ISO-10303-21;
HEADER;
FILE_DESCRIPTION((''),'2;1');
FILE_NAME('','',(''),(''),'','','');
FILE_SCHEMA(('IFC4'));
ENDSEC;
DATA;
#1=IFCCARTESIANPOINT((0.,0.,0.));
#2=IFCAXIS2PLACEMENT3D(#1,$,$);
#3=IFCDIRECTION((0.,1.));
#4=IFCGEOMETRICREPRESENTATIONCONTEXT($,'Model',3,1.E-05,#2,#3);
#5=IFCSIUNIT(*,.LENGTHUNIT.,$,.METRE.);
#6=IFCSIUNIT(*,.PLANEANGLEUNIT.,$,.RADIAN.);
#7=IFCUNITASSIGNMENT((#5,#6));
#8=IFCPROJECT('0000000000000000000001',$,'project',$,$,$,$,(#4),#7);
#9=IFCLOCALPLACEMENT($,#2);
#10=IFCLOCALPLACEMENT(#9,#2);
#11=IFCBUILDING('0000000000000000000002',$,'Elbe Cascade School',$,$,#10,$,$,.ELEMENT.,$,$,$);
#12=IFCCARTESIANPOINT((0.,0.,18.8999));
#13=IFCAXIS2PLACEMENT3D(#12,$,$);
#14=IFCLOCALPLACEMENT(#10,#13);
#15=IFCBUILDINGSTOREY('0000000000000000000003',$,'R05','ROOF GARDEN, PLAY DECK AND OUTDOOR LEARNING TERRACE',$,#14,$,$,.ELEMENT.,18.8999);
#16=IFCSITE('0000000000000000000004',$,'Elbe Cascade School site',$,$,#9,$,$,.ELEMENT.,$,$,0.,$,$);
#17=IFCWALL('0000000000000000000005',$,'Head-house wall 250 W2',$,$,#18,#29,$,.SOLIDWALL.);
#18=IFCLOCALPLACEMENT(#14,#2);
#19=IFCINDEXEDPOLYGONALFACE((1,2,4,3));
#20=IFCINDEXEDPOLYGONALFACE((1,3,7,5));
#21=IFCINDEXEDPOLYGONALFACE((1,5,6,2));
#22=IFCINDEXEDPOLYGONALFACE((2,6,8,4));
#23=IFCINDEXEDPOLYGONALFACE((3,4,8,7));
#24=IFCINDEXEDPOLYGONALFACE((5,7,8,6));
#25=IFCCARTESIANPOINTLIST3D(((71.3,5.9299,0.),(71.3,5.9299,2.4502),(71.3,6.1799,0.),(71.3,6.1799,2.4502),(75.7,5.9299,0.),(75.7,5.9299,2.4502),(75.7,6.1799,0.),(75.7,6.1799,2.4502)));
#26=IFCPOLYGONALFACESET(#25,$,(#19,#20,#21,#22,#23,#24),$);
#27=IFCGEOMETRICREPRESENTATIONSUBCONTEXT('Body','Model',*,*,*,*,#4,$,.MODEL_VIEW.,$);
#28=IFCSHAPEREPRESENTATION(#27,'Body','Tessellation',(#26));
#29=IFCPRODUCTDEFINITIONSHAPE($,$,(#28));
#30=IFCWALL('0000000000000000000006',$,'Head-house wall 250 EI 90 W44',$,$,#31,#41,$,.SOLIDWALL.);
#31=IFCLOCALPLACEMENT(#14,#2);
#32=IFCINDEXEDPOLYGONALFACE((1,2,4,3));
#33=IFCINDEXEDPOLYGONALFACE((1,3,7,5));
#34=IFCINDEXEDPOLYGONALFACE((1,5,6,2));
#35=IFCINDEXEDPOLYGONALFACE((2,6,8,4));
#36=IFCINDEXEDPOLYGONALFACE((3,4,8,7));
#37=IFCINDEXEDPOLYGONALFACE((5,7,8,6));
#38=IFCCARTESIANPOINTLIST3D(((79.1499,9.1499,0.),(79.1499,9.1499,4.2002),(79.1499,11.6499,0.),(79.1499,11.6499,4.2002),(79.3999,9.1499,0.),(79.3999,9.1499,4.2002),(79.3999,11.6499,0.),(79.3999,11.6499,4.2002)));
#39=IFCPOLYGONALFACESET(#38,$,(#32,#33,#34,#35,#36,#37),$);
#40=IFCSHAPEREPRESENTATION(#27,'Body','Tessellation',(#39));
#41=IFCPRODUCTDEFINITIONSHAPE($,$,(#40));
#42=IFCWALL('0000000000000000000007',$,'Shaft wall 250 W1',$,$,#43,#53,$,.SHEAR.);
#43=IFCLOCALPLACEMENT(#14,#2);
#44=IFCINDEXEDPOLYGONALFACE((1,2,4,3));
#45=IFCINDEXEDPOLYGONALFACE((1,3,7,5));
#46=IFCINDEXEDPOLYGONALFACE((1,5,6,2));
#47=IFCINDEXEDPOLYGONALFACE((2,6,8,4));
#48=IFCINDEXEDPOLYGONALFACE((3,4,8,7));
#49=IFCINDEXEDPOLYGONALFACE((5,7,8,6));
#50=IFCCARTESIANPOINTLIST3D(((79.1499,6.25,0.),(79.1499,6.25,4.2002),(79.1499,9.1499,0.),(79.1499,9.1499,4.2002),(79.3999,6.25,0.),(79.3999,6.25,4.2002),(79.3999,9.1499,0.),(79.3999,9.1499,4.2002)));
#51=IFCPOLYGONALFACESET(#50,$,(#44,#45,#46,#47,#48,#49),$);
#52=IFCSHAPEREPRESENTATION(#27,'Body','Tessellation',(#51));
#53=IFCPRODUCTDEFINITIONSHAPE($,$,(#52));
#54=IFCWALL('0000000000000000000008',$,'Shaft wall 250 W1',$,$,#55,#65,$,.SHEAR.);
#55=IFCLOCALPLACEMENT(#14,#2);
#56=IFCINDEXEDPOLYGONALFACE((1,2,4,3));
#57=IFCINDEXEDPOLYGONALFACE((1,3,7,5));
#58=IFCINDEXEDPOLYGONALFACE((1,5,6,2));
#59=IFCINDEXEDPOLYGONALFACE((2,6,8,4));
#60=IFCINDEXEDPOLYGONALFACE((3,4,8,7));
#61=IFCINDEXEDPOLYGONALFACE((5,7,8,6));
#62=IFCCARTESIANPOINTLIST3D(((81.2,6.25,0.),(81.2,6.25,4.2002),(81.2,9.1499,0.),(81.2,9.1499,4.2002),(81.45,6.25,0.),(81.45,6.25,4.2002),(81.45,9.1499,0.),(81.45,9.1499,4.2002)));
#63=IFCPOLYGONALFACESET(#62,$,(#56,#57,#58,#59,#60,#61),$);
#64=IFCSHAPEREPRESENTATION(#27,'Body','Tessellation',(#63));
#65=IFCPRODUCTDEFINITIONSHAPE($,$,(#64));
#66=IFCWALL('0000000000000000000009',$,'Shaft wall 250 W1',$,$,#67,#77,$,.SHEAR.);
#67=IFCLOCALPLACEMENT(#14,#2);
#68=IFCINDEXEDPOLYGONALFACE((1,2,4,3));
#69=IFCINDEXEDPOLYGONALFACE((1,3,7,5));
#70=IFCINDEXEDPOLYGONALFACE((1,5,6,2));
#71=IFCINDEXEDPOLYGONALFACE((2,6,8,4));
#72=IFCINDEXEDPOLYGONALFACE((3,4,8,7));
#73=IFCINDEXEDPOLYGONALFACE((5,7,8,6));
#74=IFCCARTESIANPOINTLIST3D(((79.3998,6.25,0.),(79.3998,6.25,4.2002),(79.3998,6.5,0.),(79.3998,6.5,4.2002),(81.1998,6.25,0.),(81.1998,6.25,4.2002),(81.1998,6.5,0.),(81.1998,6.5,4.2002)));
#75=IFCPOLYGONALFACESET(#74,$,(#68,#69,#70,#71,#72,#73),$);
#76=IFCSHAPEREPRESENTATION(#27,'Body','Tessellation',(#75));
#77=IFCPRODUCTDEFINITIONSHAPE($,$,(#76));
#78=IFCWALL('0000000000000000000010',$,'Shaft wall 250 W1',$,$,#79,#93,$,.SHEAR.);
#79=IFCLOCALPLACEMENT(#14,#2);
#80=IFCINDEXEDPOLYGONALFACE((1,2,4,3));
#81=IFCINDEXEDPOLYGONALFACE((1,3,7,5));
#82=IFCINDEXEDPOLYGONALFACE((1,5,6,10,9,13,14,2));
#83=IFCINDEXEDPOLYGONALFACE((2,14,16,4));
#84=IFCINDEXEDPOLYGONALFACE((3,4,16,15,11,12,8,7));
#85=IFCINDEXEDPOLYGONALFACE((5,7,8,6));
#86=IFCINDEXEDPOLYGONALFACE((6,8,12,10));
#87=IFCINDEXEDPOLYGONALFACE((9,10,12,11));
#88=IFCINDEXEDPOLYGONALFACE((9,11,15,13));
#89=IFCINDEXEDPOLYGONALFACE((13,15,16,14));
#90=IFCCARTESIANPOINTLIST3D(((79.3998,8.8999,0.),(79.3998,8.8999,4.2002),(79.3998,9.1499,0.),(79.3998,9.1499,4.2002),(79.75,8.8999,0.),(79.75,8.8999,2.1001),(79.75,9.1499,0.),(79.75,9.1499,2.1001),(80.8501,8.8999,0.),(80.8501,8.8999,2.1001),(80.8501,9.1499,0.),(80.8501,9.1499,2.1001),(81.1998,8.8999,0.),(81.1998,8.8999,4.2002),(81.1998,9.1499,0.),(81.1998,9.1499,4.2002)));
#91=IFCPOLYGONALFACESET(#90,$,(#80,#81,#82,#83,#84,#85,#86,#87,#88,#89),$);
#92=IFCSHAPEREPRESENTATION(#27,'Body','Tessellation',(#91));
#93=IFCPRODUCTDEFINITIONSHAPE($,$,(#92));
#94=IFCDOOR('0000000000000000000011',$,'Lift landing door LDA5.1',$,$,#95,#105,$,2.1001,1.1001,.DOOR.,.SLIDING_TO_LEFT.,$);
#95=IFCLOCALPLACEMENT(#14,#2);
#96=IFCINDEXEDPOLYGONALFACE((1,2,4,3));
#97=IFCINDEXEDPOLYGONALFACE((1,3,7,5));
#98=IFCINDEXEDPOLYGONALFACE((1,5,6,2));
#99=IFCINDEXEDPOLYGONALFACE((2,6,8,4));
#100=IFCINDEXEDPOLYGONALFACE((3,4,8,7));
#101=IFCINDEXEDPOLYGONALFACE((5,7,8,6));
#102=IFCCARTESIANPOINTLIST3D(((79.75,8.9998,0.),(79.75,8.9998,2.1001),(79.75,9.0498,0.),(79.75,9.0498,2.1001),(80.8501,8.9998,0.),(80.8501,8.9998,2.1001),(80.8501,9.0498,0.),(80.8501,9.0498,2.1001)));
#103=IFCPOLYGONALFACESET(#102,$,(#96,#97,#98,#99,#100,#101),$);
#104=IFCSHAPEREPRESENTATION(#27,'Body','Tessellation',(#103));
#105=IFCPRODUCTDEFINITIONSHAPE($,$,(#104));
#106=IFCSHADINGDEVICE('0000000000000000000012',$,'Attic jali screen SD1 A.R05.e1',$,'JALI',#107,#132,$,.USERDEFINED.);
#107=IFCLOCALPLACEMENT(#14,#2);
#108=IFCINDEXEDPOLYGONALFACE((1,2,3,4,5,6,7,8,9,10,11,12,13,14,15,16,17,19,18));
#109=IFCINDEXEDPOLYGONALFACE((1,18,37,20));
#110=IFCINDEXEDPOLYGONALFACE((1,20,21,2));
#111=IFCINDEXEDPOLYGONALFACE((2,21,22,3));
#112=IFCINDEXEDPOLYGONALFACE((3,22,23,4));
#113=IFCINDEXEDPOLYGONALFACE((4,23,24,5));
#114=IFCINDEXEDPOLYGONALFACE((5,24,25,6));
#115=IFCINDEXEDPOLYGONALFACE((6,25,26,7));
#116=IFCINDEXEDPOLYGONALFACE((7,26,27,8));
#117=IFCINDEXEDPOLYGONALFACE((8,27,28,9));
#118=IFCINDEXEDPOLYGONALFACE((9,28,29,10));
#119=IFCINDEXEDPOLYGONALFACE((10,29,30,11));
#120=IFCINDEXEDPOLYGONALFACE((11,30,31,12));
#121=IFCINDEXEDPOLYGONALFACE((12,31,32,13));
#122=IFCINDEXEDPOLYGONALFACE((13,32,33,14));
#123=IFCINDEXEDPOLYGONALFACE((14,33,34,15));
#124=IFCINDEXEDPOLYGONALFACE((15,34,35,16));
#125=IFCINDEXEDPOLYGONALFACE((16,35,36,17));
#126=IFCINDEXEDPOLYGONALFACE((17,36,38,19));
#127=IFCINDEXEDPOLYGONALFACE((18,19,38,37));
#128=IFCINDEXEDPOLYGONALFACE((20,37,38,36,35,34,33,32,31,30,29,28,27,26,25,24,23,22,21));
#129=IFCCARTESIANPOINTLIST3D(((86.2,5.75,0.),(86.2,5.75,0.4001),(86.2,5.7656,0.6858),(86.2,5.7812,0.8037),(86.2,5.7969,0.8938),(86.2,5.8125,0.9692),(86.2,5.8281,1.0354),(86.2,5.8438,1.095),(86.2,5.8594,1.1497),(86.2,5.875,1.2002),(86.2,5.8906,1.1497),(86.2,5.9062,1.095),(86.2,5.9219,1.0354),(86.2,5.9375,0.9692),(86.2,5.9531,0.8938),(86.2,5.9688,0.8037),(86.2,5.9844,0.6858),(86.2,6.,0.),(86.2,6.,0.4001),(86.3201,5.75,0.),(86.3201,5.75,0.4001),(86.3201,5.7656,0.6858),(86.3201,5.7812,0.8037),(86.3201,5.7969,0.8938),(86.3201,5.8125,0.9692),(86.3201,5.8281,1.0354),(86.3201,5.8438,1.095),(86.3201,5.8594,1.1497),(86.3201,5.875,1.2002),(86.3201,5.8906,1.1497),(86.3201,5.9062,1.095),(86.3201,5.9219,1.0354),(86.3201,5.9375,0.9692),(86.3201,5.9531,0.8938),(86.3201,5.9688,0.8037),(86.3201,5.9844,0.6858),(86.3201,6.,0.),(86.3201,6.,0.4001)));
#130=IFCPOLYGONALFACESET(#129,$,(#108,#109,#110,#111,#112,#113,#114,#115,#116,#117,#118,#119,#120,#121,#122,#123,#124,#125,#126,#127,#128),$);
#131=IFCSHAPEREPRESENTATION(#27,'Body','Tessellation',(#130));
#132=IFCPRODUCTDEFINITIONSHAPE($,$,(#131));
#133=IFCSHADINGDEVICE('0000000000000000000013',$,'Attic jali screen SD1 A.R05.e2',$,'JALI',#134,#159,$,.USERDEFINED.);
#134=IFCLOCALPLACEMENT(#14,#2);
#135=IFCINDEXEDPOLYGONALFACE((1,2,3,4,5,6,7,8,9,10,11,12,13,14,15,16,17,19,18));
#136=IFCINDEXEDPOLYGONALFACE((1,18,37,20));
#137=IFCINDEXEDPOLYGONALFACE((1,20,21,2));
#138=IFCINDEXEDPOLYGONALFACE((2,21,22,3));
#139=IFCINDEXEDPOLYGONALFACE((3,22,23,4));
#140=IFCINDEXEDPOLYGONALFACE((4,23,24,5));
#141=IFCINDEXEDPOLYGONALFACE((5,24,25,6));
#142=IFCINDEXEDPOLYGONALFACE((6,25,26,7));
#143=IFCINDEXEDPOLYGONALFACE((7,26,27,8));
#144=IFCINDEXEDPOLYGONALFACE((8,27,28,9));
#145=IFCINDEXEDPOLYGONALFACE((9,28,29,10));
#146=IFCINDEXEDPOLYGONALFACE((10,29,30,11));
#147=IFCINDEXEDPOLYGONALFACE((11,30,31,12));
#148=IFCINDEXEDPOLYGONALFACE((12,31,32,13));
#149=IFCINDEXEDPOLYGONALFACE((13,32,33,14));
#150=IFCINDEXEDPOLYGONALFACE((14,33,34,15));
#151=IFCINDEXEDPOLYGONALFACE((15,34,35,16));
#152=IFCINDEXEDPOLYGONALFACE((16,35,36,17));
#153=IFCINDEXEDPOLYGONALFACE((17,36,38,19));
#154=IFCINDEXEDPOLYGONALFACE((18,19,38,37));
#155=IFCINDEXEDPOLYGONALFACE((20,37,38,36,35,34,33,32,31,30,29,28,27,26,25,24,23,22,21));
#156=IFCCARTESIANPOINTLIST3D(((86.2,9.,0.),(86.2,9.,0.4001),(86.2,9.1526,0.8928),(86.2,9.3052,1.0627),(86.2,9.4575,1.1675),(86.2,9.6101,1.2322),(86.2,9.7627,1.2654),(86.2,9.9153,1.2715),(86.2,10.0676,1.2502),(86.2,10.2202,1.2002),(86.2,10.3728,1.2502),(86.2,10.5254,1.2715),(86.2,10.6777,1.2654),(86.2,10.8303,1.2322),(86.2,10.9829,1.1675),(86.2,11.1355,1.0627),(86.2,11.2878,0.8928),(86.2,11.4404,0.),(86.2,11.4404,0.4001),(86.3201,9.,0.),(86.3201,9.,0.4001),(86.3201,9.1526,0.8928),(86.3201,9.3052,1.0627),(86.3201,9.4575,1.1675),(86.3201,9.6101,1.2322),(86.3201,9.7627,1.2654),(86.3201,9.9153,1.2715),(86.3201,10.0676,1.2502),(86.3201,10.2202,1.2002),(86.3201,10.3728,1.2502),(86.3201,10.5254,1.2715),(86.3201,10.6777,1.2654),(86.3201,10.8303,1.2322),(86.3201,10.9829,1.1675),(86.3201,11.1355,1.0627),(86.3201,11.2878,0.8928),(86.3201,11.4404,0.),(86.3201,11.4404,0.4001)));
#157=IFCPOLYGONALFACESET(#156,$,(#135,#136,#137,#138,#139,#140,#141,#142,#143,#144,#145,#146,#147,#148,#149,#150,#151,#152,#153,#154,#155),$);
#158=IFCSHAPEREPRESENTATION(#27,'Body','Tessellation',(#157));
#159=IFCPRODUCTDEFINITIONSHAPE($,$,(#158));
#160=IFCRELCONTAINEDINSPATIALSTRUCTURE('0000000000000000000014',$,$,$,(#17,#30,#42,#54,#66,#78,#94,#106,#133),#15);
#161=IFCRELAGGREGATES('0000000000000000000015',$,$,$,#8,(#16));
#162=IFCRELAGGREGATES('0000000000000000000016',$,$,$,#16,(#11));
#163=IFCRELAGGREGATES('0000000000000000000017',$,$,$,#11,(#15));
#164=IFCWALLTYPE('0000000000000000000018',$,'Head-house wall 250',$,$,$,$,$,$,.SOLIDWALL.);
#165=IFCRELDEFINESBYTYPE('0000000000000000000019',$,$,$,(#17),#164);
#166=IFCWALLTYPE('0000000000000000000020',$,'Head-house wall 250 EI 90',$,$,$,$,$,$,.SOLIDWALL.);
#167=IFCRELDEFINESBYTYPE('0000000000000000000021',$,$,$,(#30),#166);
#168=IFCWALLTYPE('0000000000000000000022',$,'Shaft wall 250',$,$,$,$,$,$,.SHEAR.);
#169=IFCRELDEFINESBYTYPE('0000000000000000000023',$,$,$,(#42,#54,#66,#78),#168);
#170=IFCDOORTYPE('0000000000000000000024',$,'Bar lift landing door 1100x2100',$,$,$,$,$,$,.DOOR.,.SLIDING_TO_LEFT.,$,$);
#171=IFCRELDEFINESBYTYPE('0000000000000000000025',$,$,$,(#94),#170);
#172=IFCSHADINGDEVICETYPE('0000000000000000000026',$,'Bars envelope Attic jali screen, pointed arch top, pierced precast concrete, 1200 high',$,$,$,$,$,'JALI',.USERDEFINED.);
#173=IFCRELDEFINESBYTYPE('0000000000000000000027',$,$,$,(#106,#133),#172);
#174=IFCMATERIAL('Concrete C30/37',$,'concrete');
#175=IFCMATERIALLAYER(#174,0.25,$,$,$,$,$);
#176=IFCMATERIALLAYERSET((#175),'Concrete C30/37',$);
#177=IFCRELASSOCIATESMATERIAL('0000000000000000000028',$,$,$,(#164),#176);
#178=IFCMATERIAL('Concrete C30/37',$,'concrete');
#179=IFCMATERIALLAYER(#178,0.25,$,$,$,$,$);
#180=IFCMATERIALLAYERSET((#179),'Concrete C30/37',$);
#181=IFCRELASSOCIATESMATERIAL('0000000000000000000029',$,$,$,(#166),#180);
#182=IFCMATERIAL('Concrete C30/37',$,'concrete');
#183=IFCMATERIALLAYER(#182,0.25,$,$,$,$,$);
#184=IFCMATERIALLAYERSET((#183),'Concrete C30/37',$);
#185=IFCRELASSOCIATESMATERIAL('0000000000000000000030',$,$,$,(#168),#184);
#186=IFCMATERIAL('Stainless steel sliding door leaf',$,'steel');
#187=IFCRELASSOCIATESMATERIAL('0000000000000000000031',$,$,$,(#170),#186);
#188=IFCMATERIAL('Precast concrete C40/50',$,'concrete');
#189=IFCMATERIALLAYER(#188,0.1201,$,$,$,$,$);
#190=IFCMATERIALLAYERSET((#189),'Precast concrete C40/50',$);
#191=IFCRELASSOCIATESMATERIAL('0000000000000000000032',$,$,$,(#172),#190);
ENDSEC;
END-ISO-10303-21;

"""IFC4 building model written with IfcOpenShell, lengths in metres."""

from ifc_helpers import new_model, si_unit, direction, frame, frame_2d, origin, place, context, subcontext, project, spatial, polyline, rectangle, outline, extrude, material, layer, layer_set, type_object, element, fill, save


model = new_model("IFC4")

# Units and contexts
model_context = context("Model", 3, precision=1e-05, world=origin(), true_north=direction((0.0, 1.0)))
body_context = subcontext(model_context, "Body", "Model", "MODEL_VIEW")
ifc_project = project(units=[si_unit("LENGTHUNIT", "METRE"), si_unit("PLANEANGLEUNIT", "RADIAN")], contexts=[model_context])

# Site, building, storey
site_placement = place(None, origin())
site = spatial("IfcSite", under=ifc_project, at=site_placement, Name="Elbe Cascade School site", CompositionType="ELEMENT", RefElevation=0.0)
building_placement = place(site_placement, origin())
building = spatial("IfcBuilding", under=site, at=building_placement, Name="Elbe Cascade School", CompositionType="ELEMENT")
storey_placement = place(building_placement, frame((0.0, 0.0, 18.8999)))
storey = spatial("IfcBuildingStorey", under=building, at=storey_placement, Name="R05", Description="ROOF GARDEN, PLAY DECK AND OUTDOOR LEARNING TERRACE", CompositionType="ELEMENT", Elevation=18.8999)

# Shared definitions
ifc_material_1 = material(Name="Concrete C30/37", Category="concrete")
ifc_layer_1 = layer(ifc_material_1, 0.25)
ifc_layer_set_1 = layer_set([ifc_layer_1], Name="Concrete C30/37")
wall_type_1 = type_object("IfcWallType", Name="Head-house wall 250", PredefinedType="SOLIDWALL", material=ifc_layer_set_1)

# Walls
wall_1_placement = place(storey_placement, frame((71.3, 6.0549, 0.0), z_axis=(0.0, 0.0, 1.0), x_axis=(1.0, 0.0, 0.0)))
element("IfcWall", 1, at=wall_1_placement, inside=storey, type_object=wall_type_1, Name="Head-house wall 250 W2", PredefinedType="SOLIDWALL", context=body_context, shape_type="SweptSolid", body=[
    extrude(rectangle(XDim=4.3999, YDim=0.25, at=frame_2d((2.2, 0.0))), origin(), (0.0, 0.0, 1.0), 2.4502),
])
ifc_material_2 = material(Name="Concrete C30/37", Category="concrete")
ifc_layer_2 = layer(ifc_material_2, 0.25)
ifc_layer_set_2 = layer_set([ifc_layer_2], Name="Concrete C30/37")
wall_type_2 = type_object("IfcWallType", Name="Head-house wall 250 EI 90", PredefinedType="SOLIDWALL", material=ifc_layer_set_2)
wall_2_placement = place(storey_placement, frame((79.2749, 9.1499, 0.0), z_axis=(0.0, 0.0, 1.0), x_axis=(0.0, 1.0, 0.0)))
element("IfcWall", 2, at=wall_2_placement, inside=storey, type_object=wall_type_2, Name="Head-house wall 250 EI 90 W44", PredefinedType="SOLIDWALL", context=body_context, shape_type="SweptSolid", body=[
    extrude(rectangle(XDim=2.5, YDim=0.25, at=frame_2d((1.25, 0.0))), origin(), (0.0, 0.0, 1.0), 4.2002),
])
ifc_material_3 = material(Name="Concrete C30/37", Category="concrete")
ifc_layer_3 = layer(ifc_material_3, 0.25)
ifc_layer_set_3 = layer_set([ifc_layer_3], Name="Concrete C30/37")
wall_type_3 = type_object("IfcWallType", Name="Shaft wall 250", PredefinedType="SHEAR", material=ifc_layer_set_3)
for number, where, z_axis, x_axis, name in (
    (3, (79.2749, 6.25, 0.0), (0.0, 0.0, 1.0), (0.0, 1.0, 0.0), "Shaft wall 250 W1"),
    (4, (81.325, 6.25, 0.0), (0.0, 0.0, 1.0), (0.0, 1.0, 0.0), "Shaft wall 250 W1"),
):
    element("IfcWall", number, at=place(storey_placement, frame(where, z_axis=z_axis, x_axis=x_axis)), inside=storey, type_object=wall_type_3, Name=name, PredefinedType="SHEAR", context=body_context, shape_type="SweptSolid", body=[
        extrude(rectangle(XDim=2.8999, YDim=0.25, at=frame_2d((1.45, 0.0))), origin(), (0.0, 0.0, 1.0), 4.2002),
    ])
wall_3_placement = place(storey_placement, frame((79.3999, 6.375, 0.0), z_axis=(0.0, 0.0, 1.0), x_axis=(1.0, 0.0, 0.0)))
element("IfcWall", 5, at=wall_3_placement, inside=storey, type_object=wall_type_3, Name="Shaft wall 250 W1", PredefinedType="SHEAR", context=body_context, shape_type="SweptSolid", body=[
    extrude(rectangle(XDim=1.8, YDim=0.25, at=frame_2d((0.8999, 0.0))), origin(), (0.0, 0.0, 1.0), 4.2002),
])

# Wall, opening, door
wall_4_placement = place(storey_placement, frame((79.3999, 9.0249, 0.0), z_axis=(0.0, 0.0, 1.0), x_axis=(1.0, 0.0, 0.0)))
wall_4 = element("IfcWall", 6, at=wall_4_placement, inside=storey, type_object=wall_type_3, Name="Shaft wall 250 W1", PredefinedType="SHEAR", context=body_context, shape_type="SweptSolid", body=[
    extrude(rectangle(XDim=1.8, YDim=0.25, at=frame_2d((0.8999, 0.0))), origin(), (0.0, 0.0, 1.0), 4.2002),
])
opening_1_placement = place(wall_4_placement, frame((0.3501, 0.0, 0.0)))
opening_1 = element("IfcOpeningElement", 7, at=opening_1_placement, cuts=wall_4, PredefinedType="OPENING", context=body_context, shape_type="SweptSolid", body=[
    extrude(rectangle(XDim=1.1001, YDim=2.1001, at=frame_2d((0.55, 1.05))), frame((0.0, 0.135, 0.0), z_axis=(0.0, -1.0, 0.0), x_axis=(1.0, 0.0, 0.0)), (0.0, 0.0, 1.0), 0.27),
])
ifc_material_4 = material(Name="Stainless steel sliding door leaf", Category="steel")
door_type = type_object("IfcDoorType", Name="Bar lift landing door 1100x2100", OperationType="SLIDING_TO_LEFT", PredefinedType="DOOR", material=ifc_material_4)
door_placement = place(opening_1_placement, origin())
door = element("IfcDoor", 8, at=door_placement, inside=storey, type_object=door_type, Name="Lift landing door LDA5.1", OperationType="SLIDING_TO_LEFT", OverallHeight=2.1001, OverallWidth=1.1001, PredefinedType="DOOR", context=body_context, shape_type="SweptSolid", body=[
    extrude(rectangle(XDim=1.1001, YDim=2.1001, at=frame_2d((0.55, 1.05))), frame((0.0, 0.0249, 0.0), z_axis=(0.0, -1.0, 0.0), x_axis=(1.0, 0.0, 0.0)), (0.0, 0.0, 1.0), 0.05),
])
fill(opening_1, door)

# Shading devices
ifc_material_5 = material(Name="Precast concrete C40/50", Category="concrete")
ifc_layer_4 = layer(ifc_material_5, 0.1201)
ifc_layer_set_4 = layer_set([ifc_layer_4], Name="Precast concrete C40/50")
shading_device_type = type_object("IfcShadingDeviceType", Name="Bars envelope Attic jali screen, pointed arch top, pierced precast concrete, 1200 high", ElementType="JALI", PredefinedType="USERDEFINED", material=ifc_layer_set_4)
shading_device_1_placement = place(storey_placement, frame((86.3201, 5.75, 0.0), z_axis=(1.0, 0.0, 0.0), x_axis=(0.0, 1.0, 0.0)))
element("IfcShadingDevice", 9, at=shading_device_1_placement, inside=storey, type_object=shading_device_type, Name="Attic jali screen SD1 A.R05.e1", ObjectType="JALI", PredefinedType="USERDEFINED", context=body_context, shape_type="SweptSolid", body=[
    extrude(outline(polyline([(0.0, 0.0), (0.25, 0.0), (0.25, 0.4001), (0.2344, 0.6858), (0.2188, 0.8037), (0.2031, 0.8938), (0.1875, 0.9692), (0.1719, 1.0354), (0.1562, 1.095), (0.1406, 1.1497), (0.125, 1.2002), (0.1094, 1.1497), (0.0938, 1.095), (0.0781, 1.0354), (0.0625, 0.9692), (0.0469, 0.8938), (0.0312, 0.8037), (0.0156, 0.6858), (0.0, 0.4001), (0.0, 0.0)])), origin(), (0.0, 0.0, -1.0), 0.1201),
])
shading_device_2_placement = place(storey_placement, frame((86.3201, 9.0, 0.0), z_axis=(1.0, 0.0, 0.0), x_axis=(0.0, 1.0, 0.0)))
element("IfcShadingDevice", 10, at=shading_device_2_placement, inside=storey, type_object=shading_device_type, Name="Attic jali screen SD1 A.R05.e2", ObjectType="JALI", PredefinedType="USERDEFINED", context=body_context, shape_type="SweptSolid", body=[
    extrude(outline(polyline([(0.0, 0.0), (2.4404, 0.0), (2.4404, 0.4001), (2.2878, 0.8928), (2.1355, 1.0627), (1.9829, 1.1675), (1.8303, 1.2322), (1.6777, 1.2654), (1.5254, 1.2715), (1.3728, 1.2502), (1.2202, 1.2002), (1.0676, 1.2502), (0.9153, 1.2715), (0.7627, 1.2654), (0.6101, 1.2322), (0.4575, 1.1675), (0.3052, 1.0627), (0.1526, 0.8928), (0.0, 0.4001), (0.0, 0.0)])), origin(), (0.0, 0.0, -1.0), 0.1201),
])

save(model, "model.ifc")
